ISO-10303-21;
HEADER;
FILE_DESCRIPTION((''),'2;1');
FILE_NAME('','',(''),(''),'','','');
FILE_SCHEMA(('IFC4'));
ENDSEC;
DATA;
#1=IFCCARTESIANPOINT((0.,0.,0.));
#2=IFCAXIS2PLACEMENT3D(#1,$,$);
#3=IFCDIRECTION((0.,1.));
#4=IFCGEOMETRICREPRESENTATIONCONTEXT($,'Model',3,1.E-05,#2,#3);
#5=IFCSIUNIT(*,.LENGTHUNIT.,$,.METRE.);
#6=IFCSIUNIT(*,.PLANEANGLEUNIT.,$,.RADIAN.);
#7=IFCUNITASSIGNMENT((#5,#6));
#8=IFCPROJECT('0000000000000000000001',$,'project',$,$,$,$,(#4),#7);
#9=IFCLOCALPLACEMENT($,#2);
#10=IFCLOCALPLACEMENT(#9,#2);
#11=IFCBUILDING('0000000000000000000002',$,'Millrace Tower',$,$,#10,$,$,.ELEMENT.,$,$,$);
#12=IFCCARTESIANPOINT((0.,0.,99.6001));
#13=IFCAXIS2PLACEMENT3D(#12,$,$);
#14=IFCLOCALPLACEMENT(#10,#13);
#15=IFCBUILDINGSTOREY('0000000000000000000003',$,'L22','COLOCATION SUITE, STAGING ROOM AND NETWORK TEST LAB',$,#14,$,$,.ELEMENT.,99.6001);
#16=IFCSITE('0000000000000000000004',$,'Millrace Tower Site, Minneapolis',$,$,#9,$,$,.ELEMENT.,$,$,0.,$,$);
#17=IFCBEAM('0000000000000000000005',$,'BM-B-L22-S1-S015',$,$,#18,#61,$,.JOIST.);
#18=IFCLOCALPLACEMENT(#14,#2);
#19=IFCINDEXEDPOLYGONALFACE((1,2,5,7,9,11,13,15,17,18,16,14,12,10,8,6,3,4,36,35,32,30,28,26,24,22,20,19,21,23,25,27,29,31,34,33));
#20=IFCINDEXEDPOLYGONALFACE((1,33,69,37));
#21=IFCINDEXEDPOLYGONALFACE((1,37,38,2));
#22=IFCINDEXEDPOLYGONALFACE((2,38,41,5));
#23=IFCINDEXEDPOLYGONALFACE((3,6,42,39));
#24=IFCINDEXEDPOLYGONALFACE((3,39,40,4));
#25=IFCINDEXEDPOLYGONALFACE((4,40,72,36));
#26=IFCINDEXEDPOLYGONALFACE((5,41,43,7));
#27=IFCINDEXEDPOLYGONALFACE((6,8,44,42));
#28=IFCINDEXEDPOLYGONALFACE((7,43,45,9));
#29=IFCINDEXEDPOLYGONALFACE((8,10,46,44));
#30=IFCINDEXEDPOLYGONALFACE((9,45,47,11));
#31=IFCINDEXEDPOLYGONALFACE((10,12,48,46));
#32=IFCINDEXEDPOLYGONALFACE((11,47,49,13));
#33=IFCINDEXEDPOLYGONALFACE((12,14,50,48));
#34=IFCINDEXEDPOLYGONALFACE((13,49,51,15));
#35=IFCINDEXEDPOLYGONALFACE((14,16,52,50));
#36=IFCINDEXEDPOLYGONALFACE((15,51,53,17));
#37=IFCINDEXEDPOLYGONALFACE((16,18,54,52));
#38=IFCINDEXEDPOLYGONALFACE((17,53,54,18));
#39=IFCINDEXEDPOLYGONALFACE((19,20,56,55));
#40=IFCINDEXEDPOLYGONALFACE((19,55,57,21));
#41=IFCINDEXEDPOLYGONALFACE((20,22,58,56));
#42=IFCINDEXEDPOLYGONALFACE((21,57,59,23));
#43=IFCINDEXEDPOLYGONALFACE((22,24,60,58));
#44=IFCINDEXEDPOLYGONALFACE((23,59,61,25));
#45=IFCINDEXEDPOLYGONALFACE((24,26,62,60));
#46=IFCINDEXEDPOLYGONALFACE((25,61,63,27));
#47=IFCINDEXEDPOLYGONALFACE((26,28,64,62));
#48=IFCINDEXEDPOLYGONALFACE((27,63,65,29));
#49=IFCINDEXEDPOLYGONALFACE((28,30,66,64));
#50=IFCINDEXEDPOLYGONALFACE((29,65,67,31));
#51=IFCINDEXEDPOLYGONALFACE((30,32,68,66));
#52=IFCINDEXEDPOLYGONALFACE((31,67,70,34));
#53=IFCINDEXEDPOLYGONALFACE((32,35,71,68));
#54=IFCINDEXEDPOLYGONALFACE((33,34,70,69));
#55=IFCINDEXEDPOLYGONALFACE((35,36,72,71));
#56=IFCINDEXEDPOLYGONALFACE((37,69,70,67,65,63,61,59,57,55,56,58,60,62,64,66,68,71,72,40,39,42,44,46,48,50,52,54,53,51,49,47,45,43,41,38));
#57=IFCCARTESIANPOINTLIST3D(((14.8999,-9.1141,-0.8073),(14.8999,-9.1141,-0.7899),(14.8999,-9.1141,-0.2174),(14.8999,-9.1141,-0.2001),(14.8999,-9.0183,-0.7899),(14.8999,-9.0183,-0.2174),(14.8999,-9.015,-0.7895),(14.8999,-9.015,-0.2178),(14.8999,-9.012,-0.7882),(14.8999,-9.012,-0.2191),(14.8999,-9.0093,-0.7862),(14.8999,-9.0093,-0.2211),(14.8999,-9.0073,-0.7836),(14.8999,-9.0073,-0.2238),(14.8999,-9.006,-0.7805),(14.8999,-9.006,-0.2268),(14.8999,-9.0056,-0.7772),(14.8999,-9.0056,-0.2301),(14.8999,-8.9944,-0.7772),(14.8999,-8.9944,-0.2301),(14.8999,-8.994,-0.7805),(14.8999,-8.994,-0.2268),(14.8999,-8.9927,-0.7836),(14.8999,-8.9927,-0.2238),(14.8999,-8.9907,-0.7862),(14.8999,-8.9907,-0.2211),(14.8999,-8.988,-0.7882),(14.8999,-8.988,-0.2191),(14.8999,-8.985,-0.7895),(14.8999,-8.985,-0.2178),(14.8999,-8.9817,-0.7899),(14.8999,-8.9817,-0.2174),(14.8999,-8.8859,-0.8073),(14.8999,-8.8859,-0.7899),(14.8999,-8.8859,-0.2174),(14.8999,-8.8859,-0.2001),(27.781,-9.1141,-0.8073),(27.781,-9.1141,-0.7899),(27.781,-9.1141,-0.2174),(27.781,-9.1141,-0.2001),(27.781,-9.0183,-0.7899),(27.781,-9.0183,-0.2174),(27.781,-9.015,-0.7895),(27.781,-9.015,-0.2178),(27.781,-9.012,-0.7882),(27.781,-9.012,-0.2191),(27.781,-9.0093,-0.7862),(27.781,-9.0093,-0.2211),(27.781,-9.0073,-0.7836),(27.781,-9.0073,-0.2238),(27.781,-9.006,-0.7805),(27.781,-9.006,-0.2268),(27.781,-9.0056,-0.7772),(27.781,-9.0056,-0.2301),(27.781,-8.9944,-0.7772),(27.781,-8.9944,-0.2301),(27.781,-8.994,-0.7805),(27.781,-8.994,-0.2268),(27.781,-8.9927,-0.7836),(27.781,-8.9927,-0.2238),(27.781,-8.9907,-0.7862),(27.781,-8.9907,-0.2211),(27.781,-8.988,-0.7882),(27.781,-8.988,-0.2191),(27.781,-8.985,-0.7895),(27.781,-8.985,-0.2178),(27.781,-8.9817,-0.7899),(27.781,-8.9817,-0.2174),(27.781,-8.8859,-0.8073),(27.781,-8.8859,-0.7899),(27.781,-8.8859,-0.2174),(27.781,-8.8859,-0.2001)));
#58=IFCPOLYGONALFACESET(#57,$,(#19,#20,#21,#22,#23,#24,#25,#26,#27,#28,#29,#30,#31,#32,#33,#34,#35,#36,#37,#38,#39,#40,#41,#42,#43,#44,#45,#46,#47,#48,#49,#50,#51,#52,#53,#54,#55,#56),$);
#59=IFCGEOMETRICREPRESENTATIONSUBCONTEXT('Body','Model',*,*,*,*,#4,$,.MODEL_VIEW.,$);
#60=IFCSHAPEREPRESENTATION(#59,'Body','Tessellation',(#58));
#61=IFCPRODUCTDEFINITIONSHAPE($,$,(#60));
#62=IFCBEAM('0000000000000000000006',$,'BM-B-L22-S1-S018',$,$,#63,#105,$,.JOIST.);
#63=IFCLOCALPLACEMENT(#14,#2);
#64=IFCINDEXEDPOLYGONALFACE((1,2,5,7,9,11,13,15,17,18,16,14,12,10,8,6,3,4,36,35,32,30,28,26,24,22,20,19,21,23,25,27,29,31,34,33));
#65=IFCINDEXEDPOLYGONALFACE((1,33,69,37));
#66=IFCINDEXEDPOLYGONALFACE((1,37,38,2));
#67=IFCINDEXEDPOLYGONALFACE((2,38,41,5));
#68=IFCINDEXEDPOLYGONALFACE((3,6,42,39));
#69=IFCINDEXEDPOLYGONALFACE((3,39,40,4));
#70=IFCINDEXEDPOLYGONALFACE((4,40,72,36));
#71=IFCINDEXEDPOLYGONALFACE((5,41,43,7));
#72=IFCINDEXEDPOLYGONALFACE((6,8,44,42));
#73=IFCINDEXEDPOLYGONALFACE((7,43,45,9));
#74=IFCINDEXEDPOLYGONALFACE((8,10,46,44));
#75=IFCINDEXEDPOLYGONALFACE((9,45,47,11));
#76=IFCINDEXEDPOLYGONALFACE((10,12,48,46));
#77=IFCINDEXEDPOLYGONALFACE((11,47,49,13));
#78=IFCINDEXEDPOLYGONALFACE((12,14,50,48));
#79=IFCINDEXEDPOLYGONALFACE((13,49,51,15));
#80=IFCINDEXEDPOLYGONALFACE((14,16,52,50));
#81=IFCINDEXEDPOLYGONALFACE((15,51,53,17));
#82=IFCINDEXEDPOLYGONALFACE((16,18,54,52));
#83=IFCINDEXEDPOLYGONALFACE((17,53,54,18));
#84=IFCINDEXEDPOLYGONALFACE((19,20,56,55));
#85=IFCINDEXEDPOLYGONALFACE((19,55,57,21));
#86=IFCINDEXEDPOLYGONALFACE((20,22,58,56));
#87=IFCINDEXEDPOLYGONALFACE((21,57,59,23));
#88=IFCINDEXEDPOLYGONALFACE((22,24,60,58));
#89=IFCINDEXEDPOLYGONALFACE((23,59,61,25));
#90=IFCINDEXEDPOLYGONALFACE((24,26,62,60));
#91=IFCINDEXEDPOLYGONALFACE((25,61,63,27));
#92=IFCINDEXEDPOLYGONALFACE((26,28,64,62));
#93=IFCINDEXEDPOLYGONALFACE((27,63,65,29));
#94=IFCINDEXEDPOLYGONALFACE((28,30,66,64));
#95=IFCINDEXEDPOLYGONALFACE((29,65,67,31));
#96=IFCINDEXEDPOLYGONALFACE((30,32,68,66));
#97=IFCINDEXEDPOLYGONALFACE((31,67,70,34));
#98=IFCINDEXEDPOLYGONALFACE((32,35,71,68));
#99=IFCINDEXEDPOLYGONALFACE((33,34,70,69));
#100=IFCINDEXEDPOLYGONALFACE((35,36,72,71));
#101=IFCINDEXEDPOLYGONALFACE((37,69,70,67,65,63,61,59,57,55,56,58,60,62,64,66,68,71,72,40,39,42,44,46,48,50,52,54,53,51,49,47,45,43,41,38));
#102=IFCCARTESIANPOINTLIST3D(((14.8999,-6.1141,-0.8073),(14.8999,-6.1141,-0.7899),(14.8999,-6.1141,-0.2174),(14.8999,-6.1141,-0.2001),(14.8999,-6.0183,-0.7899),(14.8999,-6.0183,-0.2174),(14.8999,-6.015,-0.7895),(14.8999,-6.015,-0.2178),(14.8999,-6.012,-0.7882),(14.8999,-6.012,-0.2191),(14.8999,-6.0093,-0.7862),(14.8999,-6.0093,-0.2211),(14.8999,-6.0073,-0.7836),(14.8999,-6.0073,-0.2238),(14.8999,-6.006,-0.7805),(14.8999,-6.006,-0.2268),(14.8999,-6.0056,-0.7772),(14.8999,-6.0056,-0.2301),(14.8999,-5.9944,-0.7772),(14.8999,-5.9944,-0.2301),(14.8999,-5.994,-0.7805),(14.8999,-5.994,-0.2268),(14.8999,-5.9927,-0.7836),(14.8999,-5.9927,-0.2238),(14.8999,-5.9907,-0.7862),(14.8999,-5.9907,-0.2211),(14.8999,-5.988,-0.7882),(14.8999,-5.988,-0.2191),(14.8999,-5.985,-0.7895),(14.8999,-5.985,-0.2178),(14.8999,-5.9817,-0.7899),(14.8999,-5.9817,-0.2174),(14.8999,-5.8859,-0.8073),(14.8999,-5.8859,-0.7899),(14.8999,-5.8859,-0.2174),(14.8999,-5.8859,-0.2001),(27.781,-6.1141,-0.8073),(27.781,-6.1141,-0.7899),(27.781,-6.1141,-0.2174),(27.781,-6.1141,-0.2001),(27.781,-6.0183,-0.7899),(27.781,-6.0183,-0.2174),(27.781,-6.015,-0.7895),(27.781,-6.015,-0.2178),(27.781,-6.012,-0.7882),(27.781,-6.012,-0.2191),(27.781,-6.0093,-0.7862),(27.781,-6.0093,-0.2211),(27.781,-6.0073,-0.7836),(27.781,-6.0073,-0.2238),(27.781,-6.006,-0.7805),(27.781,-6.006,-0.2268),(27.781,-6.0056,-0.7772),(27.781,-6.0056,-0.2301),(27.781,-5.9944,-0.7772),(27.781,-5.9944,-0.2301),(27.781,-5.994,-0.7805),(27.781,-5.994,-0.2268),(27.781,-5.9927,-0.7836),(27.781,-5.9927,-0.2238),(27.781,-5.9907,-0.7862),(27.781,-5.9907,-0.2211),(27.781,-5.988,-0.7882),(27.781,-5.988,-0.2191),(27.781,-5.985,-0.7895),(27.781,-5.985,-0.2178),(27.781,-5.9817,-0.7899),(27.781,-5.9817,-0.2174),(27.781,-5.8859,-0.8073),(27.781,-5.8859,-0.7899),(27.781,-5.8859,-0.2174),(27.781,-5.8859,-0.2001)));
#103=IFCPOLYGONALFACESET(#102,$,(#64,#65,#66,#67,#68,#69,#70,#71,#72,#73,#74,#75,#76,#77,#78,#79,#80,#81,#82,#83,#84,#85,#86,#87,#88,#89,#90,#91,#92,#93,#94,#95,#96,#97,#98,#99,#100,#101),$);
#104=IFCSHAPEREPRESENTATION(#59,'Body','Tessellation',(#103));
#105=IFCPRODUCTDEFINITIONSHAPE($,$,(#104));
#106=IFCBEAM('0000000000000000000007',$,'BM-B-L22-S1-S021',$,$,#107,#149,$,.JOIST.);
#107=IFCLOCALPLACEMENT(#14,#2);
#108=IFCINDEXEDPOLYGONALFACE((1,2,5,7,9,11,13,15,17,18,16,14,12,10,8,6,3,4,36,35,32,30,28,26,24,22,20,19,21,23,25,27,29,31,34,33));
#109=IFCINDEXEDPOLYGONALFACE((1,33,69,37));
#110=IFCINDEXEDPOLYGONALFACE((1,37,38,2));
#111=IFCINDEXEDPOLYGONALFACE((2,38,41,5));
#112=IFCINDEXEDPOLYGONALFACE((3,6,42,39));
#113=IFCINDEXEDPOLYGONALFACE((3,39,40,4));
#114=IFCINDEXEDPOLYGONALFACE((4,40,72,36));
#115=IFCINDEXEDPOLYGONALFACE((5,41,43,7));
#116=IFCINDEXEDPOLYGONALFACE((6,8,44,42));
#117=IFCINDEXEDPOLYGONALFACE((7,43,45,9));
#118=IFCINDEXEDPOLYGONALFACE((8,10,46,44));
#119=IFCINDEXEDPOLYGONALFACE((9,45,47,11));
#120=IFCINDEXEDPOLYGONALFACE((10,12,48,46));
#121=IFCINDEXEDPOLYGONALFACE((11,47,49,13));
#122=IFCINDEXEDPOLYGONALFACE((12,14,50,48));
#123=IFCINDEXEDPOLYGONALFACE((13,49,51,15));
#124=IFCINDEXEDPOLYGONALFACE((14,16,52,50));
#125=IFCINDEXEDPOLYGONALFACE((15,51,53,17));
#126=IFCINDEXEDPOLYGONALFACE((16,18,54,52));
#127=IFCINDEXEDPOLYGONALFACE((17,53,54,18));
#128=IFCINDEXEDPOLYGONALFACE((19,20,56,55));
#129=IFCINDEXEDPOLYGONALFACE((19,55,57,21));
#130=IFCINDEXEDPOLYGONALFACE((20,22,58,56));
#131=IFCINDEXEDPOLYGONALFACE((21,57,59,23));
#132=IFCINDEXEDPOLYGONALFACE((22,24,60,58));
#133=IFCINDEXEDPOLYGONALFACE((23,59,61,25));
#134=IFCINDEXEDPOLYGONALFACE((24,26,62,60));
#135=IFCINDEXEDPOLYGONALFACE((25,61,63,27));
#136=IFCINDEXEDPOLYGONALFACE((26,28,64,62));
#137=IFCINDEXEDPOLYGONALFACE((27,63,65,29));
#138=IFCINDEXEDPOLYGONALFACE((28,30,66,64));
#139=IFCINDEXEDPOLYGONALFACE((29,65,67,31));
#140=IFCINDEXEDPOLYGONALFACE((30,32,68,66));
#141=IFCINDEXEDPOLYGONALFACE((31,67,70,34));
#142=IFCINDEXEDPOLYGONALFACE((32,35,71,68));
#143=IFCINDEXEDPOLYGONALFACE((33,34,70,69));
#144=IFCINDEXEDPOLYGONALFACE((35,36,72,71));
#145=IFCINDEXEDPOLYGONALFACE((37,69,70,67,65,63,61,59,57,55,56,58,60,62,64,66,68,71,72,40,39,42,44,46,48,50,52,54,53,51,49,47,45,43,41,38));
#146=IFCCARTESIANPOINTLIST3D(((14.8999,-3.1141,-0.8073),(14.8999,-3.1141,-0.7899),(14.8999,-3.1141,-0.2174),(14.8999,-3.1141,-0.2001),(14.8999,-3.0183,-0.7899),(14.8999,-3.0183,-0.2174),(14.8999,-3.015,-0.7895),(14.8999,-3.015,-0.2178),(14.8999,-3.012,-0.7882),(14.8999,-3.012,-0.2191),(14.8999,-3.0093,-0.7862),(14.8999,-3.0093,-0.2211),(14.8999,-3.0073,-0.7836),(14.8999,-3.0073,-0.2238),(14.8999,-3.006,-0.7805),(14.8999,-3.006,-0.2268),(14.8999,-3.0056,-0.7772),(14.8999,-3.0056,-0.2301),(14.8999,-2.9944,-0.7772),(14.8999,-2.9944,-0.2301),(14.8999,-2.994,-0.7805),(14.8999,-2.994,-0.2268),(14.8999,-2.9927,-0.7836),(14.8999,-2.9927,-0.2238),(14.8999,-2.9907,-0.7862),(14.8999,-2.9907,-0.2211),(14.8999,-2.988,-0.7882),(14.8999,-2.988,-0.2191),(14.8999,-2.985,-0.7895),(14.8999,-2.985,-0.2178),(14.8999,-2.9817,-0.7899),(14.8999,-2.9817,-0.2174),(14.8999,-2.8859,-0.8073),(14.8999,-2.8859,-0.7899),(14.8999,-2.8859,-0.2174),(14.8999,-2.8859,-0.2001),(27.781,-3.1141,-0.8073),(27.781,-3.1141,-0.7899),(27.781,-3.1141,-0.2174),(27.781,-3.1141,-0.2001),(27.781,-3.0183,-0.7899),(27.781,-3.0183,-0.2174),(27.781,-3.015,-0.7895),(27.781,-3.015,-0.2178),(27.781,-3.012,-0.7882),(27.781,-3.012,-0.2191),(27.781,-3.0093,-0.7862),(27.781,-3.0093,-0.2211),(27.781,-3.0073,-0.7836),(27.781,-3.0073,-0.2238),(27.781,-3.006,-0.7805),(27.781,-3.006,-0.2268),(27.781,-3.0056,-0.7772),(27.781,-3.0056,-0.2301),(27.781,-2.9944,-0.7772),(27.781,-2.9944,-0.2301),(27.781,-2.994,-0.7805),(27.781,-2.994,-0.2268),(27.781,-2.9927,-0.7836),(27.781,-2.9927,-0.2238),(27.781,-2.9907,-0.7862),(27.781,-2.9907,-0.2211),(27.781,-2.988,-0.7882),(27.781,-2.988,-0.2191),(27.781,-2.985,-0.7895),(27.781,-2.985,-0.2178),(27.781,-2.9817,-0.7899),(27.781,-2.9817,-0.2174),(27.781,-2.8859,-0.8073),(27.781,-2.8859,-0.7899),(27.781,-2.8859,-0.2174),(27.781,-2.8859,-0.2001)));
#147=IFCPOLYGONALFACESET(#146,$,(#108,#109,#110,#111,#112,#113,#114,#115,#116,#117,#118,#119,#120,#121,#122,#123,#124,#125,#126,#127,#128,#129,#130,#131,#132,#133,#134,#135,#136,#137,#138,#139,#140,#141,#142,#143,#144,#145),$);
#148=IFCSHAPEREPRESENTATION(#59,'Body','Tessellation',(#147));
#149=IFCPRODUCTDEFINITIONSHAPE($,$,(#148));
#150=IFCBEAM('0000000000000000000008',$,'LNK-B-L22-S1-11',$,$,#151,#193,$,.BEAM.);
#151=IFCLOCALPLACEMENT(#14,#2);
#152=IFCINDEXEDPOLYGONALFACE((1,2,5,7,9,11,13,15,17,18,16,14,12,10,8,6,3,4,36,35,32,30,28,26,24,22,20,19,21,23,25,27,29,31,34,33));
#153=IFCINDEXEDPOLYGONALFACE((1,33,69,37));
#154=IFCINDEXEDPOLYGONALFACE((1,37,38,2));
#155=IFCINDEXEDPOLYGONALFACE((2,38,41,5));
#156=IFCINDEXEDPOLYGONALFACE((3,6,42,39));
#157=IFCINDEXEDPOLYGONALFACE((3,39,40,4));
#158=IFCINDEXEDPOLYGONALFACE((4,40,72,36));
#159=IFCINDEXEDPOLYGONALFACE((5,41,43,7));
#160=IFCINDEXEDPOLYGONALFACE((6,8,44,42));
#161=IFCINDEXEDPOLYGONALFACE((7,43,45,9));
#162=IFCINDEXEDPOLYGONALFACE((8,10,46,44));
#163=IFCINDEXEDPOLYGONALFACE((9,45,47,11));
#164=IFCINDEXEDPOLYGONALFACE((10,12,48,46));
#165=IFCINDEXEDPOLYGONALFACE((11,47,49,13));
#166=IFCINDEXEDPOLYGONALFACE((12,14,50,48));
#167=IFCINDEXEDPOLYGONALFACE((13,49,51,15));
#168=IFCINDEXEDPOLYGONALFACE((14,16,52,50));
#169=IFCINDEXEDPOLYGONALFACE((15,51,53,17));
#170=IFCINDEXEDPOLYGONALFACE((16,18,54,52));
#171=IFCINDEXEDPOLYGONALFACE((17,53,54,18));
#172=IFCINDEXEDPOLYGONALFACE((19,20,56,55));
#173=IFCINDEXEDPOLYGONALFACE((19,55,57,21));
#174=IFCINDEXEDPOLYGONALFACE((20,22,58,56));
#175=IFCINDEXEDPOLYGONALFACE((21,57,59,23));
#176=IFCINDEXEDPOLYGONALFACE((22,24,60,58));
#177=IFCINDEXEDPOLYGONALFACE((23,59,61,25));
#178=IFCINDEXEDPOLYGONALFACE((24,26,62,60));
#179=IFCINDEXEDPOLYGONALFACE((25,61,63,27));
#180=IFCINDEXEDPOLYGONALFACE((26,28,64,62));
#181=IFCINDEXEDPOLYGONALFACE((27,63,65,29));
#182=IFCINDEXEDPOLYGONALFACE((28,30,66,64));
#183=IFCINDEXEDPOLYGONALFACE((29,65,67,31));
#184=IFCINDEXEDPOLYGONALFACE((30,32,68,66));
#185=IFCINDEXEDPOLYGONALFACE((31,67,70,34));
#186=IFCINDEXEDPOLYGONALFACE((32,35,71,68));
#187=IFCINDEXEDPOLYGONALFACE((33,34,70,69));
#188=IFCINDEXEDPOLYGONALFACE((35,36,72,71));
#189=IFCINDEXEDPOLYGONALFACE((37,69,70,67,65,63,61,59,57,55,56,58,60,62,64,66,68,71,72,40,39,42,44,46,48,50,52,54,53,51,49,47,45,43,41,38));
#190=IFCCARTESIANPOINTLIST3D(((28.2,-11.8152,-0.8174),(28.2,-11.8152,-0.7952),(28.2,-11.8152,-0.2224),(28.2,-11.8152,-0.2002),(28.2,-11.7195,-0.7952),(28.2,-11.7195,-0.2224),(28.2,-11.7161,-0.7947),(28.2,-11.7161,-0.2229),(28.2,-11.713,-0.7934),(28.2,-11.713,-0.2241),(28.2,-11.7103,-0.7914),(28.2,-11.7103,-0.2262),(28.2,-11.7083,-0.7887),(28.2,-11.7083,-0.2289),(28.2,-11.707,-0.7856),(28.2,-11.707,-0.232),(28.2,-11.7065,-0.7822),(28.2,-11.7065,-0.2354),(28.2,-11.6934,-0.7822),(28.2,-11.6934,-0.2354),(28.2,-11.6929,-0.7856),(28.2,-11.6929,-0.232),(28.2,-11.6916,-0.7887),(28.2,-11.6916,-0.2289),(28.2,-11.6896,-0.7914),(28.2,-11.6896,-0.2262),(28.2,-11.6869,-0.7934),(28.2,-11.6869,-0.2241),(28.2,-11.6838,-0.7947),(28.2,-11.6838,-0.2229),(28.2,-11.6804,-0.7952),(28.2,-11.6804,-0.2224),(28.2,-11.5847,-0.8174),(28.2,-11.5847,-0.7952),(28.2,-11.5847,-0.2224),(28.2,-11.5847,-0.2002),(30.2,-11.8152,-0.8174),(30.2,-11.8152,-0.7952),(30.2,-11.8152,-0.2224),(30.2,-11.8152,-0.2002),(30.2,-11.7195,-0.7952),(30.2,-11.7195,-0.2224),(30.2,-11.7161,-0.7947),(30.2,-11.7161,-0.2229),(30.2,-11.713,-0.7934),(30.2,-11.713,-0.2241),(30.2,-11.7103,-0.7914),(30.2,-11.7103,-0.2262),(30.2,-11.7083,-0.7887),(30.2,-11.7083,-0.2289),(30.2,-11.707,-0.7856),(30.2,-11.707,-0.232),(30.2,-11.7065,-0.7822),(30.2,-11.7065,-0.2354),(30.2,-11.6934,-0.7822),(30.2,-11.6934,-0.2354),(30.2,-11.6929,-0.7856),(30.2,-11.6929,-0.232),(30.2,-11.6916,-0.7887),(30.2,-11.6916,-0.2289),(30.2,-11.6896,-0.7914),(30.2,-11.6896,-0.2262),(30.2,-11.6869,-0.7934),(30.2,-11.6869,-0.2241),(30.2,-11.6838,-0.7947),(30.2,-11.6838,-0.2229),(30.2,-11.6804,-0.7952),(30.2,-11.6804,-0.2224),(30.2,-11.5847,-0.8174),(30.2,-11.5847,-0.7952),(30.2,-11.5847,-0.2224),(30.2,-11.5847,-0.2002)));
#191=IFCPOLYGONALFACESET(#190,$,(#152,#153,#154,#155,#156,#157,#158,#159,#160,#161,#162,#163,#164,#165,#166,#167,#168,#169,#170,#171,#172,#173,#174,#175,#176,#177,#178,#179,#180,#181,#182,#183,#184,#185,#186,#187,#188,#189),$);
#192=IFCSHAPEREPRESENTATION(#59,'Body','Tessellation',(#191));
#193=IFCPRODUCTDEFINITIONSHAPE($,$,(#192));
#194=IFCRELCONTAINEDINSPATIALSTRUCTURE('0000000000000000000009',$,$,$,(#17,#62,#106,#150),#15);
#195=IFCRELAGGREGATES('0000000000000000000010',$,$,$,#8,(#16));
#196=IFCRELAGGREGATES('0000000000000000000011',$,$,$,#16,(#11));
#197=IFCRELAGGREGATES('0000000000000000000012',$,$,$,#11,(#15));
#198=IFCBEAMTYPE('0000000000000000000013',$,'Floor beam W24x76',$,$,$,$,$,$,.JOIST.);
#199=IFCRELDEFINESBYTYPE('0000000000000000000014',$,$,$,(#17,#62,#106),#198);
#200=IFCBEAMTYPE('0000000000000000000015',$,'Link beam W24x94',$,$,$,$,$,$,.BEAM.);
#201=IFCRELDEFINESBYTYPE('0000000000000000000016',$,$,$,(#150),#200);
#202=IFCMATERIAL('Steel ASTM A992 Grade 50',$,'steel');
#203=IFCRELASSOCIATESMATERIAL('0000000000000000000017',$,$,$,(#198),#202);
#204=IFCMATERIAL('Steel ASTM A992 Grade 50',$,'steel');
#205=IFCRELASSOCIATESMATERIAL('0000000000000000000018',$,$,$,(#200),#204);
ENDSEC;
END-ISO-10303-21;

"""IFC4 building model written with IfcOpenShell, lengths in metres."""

from ifc_helpers import new_model, si_unit, direction, frame, origin, origin_2d, place, context, subcontext, project, spatial, i_section, extrude, material, material_profile, profile_set, type_object, element, save


model = new_model("IFC4")

# Units and contexts
model_context = context("Model", 3, precision=1e-05, world=origin(), true_north=direction((0.0, 1.0)))
body_context = subcontext(model_context, "Body", "Model", "MODEL_VIEW")
ifc_project = project(units=[si_unit("LENGTHUNIT", "METRE"), si_unit("PLANEANGLEUNIT", "RADIAN")], contexts=[model_context])

# Site, building, storey
site_placement = place(None, origin())
site = spatial("IfcSite", under=ifc_project, at=site_placement, Name="Millrace Tower Site, Minneapolis", CompositionType="ELEMENT", RefElevation=0.0)
building_placement = place(site_placement, origin())
building = spatial("IfcBuilding", under=site, at=building_placement, Name="Millrace Tower", CompositionType="ELEMENT")
storey_placement = place(building_placement, frame((0.0, 0.0, 99.6001)))
storey = spatial("IfcBuildingStorey", under=building, at=storey_placement, Name="L22", Description="COLOCATION SUITE, STAGING ROOM AND NETWORK TEST LAB", CompositionType="ELEMENT", Elevation=99.6001)

# Beams
ifc_material_1 = material(Name="Steel ASTM A992 Grade 50", Category="steel")
ifc_material_profile_1 = material_profile(ifc_material_1, i_section(OverallWidth=0.2283, OverallDepth=0.6072, WebThickness=0.0112, FlangeThickness=0.0173, FilletRadius=0.0127, at=origin_2d()))
ifc_profile_set_1 = profile_set([ifc_material_profile_1], Name="Steel ASTM A992 Grade 50")
beam_type_1 = type_object("IfcBeamType", Name="Floor beam W24x76", PredefinedType="JOIST", material=ifc_profile_set_1)
for number, where, z_axis, x_axis, name in (
    (1, (14.8999, -9.0, -0.5037), (1.0, 0.0, 0.0), (0.0, 1.0, 0.0), "BM-B-L22-S1-S015"),
    (2, (14.8999, -6.0, -0.5037), (1.0, 0.0, 0.0), (0.0, 1.0, 0.0), "BM-B-L22-S1-S018"),
    (3, (14.8999, -3.0, -0.5037), (1.0, 0.0, 0.0), (0.0, 1.0, 0.0), "BM-B-L22-S1-S021"),
):
    element("IfcBeam", number, at=place(storey_placement, frame(where, z_axis=z_axis, x_axis=x_axis)), inside=storey, type_object=beam_type_1, Name=name, PredefinedType="JOIST", context=body_context, shape_type="SweptSolid", body=[
        extrude(i_section(OverallWidth=0.2283, OverallDepth=0.6072, WebThickness=0.0112, FlangeThickness=0.0173, FilletRadius=0.0127, at=origin_2d()), origin(), (0.0, 0.0, 1.0), 12.8811),
    ])
ifc_material_2 = material(Name="Steel ASTM A992 Grade 50", Category="steel")
ifc_material_profile_2 = material_profile(ifc_material_2, i_section(OverallWidth=0.2305, OverallDepth=0.6172, WebThickness=0.0132, FlangeThickness=0.0222, FilletRadius=0.0129, at=origin_2d()))
ifc_profile_set_2 = profile_set([ifc_material_profile_2], Name="Steel ASTM A992 Grade 50")
beam_type_2 = type_object("IfcBeamType", Name="Link beam W24x94", PredefinedType="BEAM", material=ifc_profile_set_2)
beam_1_placement = place(storey_placement, frame((28.2, -11.7, -0.5088), z_axis=(1.0, 0.0, 0.0), x_axis=(0.0, 1.0, 0.0)))
element("IfcBeam", 4, at=beam_1_placement, inside=storey, type_object=beam_type_2, Name="LNK-B-L22-S1-11", PredefinedType="BEAM", context=body_context, shape_type="SweptSolid", body=[
    extrude(i_section(OverallWidth=0.2305, OverallDepth=0.6172, WebThickness=0.0132, FlangeThickness=0.0222, FilletRadius=0.0129, at=origin_2d()), origin(), (0.0, 0.0, 1.0), 2.0),
])

save(model, "model.ifc")
